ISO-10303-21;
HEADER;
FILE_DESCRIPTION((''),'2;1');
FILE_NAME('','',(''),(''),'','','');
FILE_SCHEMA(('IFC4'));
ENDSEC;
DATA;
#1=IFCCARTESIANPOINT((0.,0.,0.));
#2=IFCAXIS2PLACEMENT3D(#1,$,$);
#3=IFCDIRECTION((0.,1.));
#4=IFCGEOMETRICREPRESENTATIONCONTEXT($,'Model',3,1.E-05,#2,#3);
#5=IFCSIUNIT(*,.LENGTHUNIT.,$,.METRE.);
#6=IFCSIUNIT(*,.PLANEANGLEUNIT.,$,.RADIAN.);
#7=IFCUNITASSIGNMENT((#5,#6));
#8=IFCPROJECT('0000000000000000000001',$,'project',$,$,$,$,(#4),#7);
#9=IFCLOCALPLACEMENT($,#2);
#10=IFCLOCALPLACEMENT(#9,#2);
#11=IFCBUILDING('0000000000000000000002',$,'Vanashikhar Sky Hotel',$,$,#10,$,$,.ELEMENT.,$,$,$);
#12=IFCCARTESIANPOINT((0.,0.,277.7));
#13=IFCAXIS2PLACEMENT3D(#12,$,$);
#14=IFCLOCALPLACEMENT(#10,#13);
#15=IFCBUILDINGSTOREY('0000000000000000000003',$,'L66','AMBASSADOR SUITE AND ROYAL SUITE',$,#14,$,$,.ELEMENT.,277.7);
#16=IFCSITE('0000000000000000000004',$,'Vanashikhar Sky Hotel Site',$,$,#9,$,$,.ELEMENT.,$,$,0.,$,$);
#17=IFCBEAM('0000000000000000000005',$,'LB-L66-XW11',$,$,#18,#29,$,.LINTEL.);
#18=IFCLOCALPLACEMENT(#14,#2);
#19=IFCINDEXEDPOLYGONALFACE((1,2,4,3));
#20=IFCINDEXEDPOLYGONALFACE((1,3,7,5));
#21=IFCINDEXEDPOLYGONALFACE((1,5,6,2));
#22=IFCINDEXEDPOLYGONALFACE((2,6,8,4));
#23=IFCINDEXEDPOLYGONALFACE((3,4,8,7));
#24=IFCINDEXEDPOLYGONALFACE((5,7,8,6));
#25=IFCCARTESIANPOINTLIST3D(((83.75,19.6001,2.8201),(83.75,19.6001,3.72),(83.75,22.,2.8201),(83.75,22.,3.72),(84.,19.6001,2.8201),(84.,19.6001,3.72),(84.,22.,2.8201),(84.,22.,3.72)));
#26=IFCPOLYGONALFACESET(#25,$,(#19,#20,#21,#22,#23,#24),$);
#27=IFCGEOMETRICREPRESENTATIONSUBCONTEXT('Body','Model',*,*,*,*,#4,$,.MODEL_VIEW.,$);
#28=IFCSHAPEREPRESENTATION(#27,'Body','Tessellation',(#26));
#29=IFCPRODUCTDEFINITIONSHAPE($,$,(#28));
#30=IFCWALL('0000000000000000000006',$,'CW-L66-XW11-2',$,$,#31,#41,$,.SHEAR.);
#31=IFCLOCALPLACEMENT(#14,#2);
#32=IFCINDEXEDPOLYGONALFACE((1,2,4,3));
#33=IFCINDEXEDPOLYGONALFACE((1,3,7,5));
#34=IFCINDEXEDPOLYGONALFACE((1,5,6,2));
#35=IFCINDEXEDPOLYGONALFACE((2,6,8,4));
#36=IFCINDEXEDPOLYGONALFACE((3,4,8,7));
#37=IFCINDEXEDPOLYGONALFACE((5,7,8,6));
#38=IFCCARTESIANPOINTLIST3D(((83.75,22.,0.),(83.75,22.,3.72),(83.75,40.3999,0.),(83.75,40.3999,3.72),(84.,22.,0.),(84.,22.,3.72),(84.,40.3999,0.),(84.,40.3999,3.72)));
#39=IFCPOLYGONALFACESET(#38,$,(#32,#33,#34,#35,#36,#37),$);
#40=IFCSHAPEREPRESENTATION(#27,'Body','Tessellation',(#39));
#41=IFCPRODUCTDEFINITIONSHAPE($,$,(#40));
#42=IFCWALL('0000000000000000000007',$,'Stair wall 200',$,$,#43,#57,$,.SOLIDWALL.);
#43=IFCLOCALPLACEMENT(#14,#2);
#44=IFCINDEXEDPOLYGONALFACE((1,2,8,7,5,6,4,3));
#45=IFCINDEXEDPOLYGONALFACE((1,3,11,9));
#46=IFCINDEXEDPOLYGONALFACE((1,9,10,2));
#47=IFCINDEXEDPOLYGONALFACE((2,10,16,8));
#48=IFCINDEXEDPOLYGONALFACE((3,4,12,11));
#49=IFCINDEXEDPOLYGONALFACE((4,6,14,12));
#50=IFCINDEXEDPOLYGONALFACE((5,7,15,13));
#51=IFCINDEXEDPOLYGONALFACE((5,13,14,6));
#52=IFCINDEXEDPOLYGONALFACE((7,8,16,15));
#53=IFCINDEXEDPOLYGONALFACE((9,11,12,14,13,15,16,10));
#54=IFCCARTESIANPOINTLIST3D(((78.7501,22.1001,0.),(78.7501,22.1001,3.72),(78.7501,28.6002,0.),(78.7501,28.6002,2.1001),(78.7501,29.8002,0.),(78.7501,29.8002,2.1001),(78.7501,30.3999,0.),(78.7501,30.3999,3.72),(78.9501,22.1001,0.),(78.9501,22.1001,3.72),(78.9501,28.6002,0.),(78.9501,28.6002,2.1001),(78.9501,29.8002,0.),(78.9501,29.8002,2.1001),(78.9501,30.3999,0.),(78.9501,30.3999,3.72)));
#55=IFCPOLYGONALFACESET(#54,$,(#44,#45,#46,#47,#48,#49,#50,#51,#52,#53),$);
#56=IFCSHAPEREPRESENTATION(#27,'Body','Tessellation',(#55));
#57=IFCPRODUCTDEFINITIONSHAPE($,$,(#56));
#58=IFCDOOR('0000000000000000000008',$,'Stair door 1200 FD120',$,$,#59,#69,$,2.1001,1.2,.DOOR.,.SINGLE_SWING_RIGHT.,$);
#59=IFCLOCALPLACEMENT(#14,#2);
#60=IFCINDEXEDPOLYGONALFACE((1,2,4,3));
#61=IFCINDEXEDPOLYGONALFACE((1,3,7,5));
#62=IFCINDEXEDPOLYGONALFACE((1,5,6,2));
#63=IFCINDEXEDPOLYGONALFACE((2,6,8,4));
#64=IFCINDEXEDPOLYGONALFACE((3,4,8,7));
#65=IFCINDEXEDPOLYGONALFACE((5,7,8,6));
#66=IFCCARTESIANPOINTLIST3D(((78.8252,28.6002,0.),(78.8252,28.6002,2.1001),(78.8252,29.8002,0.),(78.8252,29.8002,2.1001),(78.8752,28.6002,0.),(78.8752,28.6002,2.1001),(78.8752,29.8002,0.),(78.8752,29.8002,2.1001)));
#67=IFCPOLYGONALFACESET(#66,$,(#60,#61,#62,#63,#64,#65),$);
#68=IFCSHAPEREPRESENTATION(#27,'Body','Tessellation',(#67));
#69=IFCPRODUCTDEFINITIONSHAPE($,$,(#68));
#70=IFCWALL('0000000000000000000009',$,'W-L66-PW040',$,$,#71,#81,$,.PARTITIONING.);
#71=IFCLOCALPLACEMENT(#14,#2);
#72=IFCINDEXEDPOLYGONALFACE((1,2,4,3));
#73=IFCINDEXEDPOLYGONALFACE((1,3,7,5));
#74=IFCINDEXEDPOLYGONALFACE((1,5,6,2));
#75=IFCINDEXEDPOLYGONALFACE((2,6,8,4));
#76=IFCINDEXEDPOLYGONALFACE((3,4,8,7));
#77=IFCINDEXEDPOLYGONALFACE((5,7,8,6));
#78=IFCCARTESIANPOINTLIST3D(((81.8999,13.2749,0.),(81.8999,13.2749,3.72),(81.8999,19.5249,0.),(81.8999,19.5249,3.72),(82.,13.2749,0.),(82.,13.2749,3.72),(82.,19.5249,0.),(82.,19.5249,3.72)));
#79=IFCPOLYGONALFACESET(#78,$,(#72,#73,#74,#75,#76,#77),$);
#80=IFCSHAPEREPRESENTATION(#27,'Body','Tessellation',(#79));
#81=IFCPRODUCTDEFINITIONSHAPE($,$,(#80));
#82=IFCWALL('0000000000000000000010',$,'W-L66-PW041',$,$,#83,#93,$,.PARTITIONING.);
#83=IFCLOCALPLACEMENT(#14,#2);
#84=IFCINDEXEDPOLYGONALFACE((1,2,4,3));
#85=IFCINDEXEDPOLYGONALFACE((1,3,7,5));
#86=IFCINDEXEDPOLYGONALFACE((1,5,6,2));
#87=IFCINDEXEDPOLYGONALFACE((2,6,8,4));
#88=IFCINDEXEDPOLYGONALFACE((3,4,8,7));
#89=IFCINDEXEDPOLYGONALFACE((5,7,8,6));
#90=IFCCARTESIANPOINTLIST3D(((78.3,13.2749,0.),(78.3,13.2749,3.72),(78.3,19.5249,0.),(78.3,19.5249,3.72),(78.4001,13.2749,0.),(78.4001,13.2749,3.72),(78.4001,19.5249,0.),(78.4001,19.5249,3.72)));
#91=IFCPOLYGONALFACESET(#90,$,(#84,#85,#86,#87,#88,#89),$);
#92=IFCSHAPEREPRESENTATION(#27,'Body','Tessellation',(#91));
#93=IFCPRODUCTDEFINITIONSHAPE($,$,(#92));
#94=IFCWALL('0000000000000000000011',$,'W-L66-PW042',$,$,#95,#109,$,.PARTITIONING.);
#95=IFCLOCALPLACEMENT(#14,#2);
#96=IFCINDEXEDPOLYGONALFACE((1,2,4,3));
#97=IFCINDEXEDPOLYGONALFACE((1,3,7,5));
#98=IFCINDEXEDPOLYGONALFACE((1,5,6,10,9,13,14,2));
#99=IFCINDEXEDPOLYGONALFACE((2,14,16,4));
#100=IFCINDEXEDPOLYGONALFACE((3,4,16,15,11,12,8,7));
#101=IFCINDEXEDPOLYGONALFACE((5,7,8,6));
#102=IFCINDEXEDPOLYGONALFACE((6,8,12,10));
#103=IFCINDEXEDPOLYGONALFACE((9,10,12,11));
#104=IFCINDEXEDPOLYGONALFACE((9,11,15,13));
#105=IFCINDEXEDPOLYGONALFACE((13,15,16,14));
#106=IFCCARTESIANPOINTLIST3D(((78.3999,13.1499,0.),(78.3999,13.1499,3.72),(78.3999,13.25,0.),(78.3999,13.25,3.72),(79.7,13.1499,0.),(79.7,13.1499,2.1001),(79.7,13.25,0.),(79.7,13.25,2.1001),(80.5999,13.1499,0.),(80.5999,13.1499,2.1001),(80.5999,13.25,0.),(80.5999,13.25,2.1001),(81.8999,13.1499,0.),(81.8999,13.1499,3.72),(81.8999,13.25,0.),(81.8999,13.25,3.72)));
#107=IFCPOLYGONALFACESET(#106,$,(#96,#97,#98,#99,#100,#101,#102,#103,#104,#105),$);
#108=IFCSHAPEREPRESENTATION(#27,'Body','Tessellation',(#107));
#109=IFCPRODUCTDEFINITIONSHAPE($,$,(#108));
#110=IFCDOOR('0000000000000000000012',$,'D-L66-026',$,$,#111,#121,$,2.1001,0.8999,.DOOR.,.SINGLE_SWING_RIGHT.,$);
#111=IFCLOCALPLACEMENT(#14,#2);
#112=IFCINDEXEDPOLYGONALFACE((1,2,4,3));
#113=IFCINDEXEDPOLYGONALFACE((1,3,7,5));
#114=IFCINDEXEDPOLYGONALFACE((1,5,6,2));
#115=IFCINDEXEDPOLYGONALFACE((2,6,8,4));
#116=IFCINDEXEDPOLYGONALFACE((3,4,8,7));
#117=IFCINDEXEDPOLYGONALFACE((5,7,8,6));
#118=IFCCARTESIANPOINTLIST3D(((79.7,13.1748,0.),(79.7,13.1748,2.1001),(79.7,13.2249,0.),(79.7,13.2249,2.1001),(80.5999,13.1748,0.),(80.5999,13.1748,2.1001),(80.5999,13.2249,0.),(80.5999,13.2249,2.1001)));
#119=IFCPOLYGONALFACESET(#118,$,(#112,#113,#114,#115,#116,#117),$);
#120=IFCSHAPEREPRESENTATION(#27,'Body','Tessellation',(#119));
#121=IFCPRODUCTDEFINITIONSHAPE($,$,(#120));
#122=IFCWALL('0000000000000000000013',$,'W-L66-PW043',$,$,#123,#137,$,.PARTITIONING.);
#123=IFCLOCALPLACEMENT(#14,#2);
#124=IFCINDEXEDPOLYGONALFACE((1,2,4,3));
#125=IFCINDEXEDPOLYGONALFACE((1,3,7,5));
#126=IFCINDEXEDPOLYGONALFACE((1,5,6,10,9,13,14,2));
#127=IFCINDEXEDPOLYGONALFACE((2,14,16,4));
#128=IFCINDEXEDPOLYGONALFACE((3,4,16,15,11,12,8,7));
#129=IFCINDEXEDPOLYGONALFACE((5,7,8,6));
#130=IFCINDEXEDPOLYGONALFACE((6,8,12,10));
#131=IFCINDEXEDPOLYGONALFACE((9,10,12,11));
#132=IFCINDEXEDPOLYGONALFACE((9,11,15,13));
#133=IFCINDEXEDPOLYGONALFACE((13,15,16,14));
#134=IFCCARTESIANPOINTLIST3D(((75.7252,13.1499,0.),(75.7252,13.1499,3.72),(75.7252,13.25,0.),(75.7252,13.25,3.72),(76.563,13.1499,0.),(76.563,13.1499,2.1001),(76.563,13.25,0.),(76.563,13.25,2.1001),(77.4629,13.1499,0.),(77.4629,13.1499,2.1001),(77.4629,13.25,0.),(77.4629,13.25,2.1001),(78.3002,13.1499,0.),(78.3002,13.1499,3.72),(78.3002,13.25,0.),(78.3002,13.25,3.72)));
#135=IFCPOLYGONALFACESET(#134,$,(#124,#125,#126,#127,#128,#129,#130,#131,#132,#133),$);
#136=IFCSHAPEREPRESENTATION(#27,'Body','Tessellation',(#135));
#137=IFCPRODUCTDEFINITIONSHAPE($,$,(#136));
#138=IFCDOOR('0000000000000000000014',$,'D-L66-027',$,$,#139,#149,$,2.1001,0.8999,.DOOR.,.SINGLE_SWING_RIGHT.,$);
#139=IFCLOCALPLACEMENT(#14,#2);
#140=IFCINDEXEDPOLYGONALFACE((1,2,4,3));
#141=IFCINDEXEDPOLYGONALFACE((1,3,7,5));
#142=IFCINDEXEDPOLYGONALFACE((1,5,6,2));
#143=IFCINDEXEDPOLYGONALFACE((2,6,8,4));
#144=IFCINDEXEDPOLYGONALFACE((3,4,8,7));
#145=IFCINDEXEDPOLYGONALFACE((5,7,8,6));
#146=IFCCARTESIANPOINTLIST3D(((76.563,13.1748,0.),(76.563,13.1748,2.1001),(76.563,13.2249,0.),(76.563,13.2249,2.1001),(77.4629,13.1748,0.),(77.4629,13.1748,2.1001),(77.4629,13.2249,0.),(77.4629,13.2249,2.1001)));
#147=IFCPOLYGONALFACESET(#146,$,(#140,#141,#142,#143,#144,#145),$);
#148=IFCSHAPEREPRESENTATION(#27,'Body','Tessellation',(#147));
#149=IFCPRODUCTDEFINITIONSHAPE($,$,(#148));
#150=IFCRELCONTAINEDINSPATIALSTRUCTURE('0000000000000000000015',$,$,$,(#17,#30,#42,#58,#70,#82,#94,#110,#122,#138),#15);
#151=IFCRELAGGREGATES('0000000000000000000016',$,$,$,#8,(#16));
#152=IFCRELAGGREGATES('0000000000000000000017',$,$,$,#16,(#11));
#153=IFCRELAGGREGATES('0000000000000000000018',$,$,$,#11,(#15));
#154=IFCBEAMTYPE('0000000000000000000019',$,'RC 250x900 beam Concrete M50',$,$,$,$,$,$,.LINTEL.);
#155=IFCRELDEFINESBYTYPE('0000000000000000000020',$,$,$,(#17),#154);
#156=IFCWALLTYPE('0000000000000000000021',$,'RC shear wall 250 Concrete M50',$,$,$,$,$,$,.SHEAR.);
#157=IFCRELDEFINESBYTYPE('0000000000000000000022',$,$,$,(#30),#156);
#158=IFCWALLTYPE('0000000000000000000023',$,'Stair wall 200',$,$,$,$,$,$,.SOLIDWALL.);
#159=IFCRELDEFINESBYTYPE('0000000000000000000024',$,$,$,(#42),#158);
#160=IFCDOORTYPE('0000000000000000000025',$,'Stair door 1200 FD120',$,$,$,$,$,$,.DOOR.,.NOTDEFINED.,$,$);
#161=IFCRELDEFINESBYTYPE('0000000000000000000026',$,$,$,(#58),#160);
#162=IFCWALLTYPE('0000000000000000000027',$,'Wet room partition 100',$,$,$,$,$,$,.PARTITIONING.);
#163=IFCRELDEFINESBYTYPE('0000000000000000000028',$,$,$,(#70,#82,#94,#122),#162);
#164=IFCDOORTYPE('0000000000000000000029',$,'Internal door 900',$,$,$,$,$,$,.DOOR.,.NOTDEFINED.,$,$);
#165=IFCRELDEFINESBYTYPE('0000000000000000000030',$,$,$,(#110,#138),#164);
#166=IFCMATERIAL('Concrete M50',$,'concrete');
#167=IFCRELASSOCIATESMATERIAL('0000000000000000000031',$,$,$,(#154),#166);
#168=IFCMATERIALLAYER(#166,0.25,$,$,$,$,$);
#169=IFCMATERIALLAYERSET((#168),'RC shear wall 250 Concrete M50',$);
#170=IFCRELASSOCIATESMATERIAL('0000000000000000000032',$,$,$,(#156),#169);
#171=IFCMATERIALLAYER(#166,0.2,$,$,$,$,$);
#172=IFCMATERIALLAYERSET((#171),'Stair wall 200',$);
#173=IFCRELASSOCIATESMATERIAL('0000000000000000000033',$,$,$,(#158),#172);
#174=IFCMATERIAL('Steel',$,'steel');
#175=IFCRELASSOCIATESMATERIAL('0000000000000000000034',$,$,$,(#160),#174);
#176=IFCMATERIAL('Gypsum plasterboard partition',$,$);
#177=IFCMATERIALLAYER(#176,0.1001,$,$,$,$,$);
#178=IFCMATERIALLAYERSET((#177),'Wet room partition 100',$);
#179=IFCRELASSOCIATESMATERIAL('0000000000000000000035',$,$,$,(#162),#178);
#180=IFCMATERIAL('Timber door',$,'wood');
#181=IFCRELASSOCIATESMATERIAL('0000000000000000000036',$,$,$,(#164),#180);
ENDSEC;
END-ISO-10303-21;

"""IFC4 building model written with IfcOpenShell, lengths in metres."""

from ifc_helpers import new_model, si_unit, direction, frame, frame_2d, origin, origin_2d, place, context, subcontext, project, spatial, rectangle, extrude, source, transform, mapped, material, layer, layer_set, material_profile, profile_set, type_object, element, fill, save


model = new_model("IFC4")

# Units and contexts
model_context = context("Model", 3, precision=1e-05, world=origin(), true_north=direction((0.0, 1.0)))
body_context = subcontext(model_context, "Body", "Model", "MODEL_VIEW")
ifc_project = project(units=[si_unit("LENGTHUNIT", "METRE"), si_unit("PLANEANGLEUNIT", "RADIAN")], contexts=[model_context])

# Site, building, storey
site_placement = place(None, origin())
site = spatial("IfcSite", under=ifc_project, at=site_placement, Name="Vanashikhar Sky Hotel Site", CompositionType="ELEMENT", RefElevation=0.0)
building_placement = place(site_placement, origin())
building = spatial("IfcBuilding", under=site, at=building_placement, Name="Vanashikhar Sky Hotel", CompositionType="ELEMENT")
storey_placement = place(building_placement, frame((0.0, 0.0, 277.7)))
storey = spatial("IfcBuildingStorey", under=building, at=storey_placement, Name="L66", Description="AMBASSADOR SUITE AND ROYAL SUITE", CompositionType="ELEMENT", Elevation=277.7)

# Beam
ifc_material_1 = material(Name="Concrete M50", Category="concrete")
ifc_material_profile = material_profile(ifc_material_1, rectangle(XDim=0.25, YDim=0.8999, at=origin_2d()))
ifc_profile_set = profile_set([ifc_material_profile], Name="RC 250x900 beam Concrete M50")
beam_type = type_object("IfcBeamType", Name="RC 250x900 beam Concrete M50", PredefinedType="LINTEL", material=ifc_profile_set)
shared_shape_1 = source(origin(), body_context, "Body", "SweptSolid", [
    extrude(rectangle(XDim=0.25, YDim=0.8999, at=origin_2d()), origin(), (0.0, 0.0, 1.0), 2.3999),
])
beam_placement = place(storey_placement, frame((83.875, 19.6001, 3.27), z_axis=(0.0, 1.0, 0.0), x_axis=(-1.0, 0.0, 0.0)))
element("IfcBeam", 1, at=beam_placement, inside=storey, type_object=beam_type, Name="LB-L66-XW11", PredefinedType="LINTEL", context=body_context, shape_type="MappedRepresentation", body=[
    mapped(shared_shape_1, transform((0.0, 0.0, 0.0), scale=1.0)),
])

# Wall
ifc_layer_1 = layer(ifc_material_1, 0.25)
ifc_layer_set_1 = layer_set([ifc_layer_1], Name="RC shear wall 250 Concrete M50")
wall_type_1 = type_object("IfcWallType", Name="RC shear wall 250 Concrete M50", PredefinedType="SHEAR", material=ifc_layer_set_1)
shared_shape_2 = source(origin(), body_context, "Body", "SweptSolid", [
    extrude(rectangle(XDim=18.3999, YDim=0.25, at=frame_2d((9.2, 0.0))), origin(), (0.0, 0.0, 1.0), 3.72),
])
wall_1_placement = place(storey_placement, frame((83.875, 22.0, 0.0), z_axis=(0.0, 0.0, 1.0), x_axis=(0.0, 1.0, 0.0)))
element("IfcWall", 2, at=wall_1_placement, inside=storey, type_object=wall_type_1, Name="CW-L66-XW11-2", PredefinedType="SHEAR", context=body_context, shape_type="MappedRepresentation", body=[
    mapped(shared_shape_2, transform((0.0, 0.0, 0.0), scale=1.0)),
])

# Wall, opening, door
ifc_layer_2 = layer(ifc_material_1, 0.2)
ifc_layer_set_2 = layer_set([ifc_layer_2], Name="Stair wall 200")
wall_type_2 = type_object("IfcWallType", Name="Stair wall 200", PredefinedType="SOLIDWALL", material=ifc_layer_set_2)
shared_shape_3 = source(origin(), body_context, "Body", "SweptSolid", [
    extrude(rectangle(XDim=8.2998, YDim=0.2, at=frame_2d((4.1499, 0.0))), origin(), (0.0, 0.0, 1.0), 3.72),
])
wall_2_placement = place(storey_placement, frame((78.8501, 22.1001, 0.0), z_axis=(0.0, 0.0, 1.0), x_axis=(0.0, 1.0, 0.0)))
wall_2 = element("IfcWall", 3, at=wall_2_placement, inside=storey, type_object=wall_type_2, Name="Stair wall 200", PredefinedType="SOLIDWALL", context=body_context, shape_type="MappedRepresentation", body=[
    mapped(shared_shape_3, transform((0.0, 0.0, 0.0), scale=1.0)),
])
shared_shape_4 = source(origin(), body_context, "Body", "SweptSolid", [
    extrude(rectangle(XDim=1.2, YDim=2.1001, at=frame_2d((0.6001, 1.05))), frame((0.0, 0.1099, 0.0), z_axis=(0.0, -1.0, 0.0), x_axis=(1.0, 0.0, 0.0)), (0.0, 0.0, 1.0), 0.22),
])
opening_1_placement = place(wall_2_placement, frame((6.5, 0.0, 0.0)))
opening_1 = element("IfcOpeningElement", 4, at=opening_1_placement, cuts=wall_2, PredefinedType="OPENING", context=body_context, shape_type="MappedRepresentation", body=[
    mapped(shared_shape_4, transform((0.0, 0.0, 0.0), scale=1.0)),
])
ifc_material_2 = material(Name="Steel", Category="steel")
door_type_1 = type_object("IfcDoorType", Name="Stair door 1200 FD120", OperationType="NOTDEFINED", PredefinedType="DOOR", material=ifc_material_2)
shared_shape_5 = source(origin(), body_context, "Body", "SweptSolid", [
    extrude(rectangle(XDim=1.2, YDim=2.1001, at=frame_2d((0.6001, 1.05))), frame((0.0, 0.0249, 0.0), z_axis=(0.0, -1.0, 0.0), x_axis=(1.0, 0.0, 0.0)), (0.0, 0.0, 1.0), 0.05),
])
door_1_placement = place(opening_1_placement, origin())
door_1 = element("IfcDoor", 5, at=door_1_placement, inside=storey, type_object=door_type_1, Name="Stair door 1200 FD120", OperationType="SINGLE_SWING_RIGHT", OverallHeight=2.1001, OverallWidth=1.2, PredefinedType="DOOR", context=body_context, shape_type="MappedRepresentation", body=[
    mapped(shared_shape_5, transform((0.0, 0.0, 0.0), scale=1.0)),
])
fill(opening_1, door_1)

# Walls
ifc_material_3 = material(Name="Gypsum plasterboard partition")
ifc_layer_3 = layer(ifc_material_3, 0.1001)
ifc_layer_set_3 = layer_set([ifc_layer_3], Name="Wet room partition 100")
wall_type_3 = type_object("IfcWallType", Name="Wet room partition 100", PredefinedType="PARTITIONING", material=ifc_layer_set_3)
shared_shape_6 = source(origin(), body_context, "Body", "SweptSolid", [
    extrude(rectangle(XDim=6.25, YDim=0.1001, at=frame_2d((3.125, 0.0))), origin(), (0.0, 0.0, 1.0), 3.72),
])
for number, where, z_axis, x_axis, name in (
    (6, (81.95, 13.2749, 0.0), (0.0, 0.0, 1.0), (0.0, 1.0, 0.0), "W-L66-PW040"),
    (7, (78.3501, 13.2749, 0.0), (0.0, 0.0, 1.0), (0.0, 1.0, 0.0), "W-L66-PW041"),
):
    element("IfcWall", number, at=place(storey_placement, frame(where, z_axis=z_axis, x_axis=x_axis)), inside=storey, type_object=wall_type_3, Name=name, PredefinedType="PARTITIONING", context=body_context, shape_type="MappedRepresentation", body=[
        mapped(shared_shape_6, transform((0.0, 0.0, 0.0), scale=1.0)),
    ])

# Walls, openings, doors
shared_shape_7 = source(origin(), body_context, "Body", "SweptSolid", [
    extrude(rectangle(XDim=3.5, YDim=0.1001, at=frame_2d((1.75, 0.0))), origin(), (0.0, 0.0, 1.0), 3.72),
])
wall_3_placement = place(storey_placement, frame((78.3999, 13.2, 0.0), z_axis=(0.0, 0.0, 1.0), x_axis=(1.0, 0.0, 0.0)))
wall_3 = element("IfcWall", 8, at=wall_3_placement, inside=storey, type_object=wall_type_3, Name="W-L66-PW042", PredefinedType="PARTITIONING", context=body_context, shape_type="MappedRepresentation", body=[
    mapped(shared_shape_7, transform((0.0, 0.0, 0.0), scale=1.0)),
])
shared_shape_8 = source(origin(), body_context, "Body", "SweptSolid", [
    extrude(rectangle(XDim=0.8999, YDim=2.1001, at=frame_2d((0.45, 1.05))), frame((0.0, 0.0601, 0.0), z_axis=(0.0, -1.0, 0.0), x_axis=(1.0, 0.0, 0.0)), (0.0, 0.0, 1.0), 0.1201),
])
opening_2_placement = place(wall_3_placement, frame((1.3, 0.0, 0.0)))
opening_2 = element("IfcOpeningElement", 9, at=opening_2_placement, cuts=wall_3, PredefinedType="OPENING", context=body_context, shape_type="MappedRepresentation", body=[
    mapped(shared_shape_8, transform((0.0, 0.0, 0.0), scale=1.0)),
])
ifc_material_4 = material(Name="Timber door", Category="wood")
door_type_2 = type_object("IfcDoorType", Name="Internal door 900", OperationType="NOTDEFINED", PredefinedType="DOOR", material=ifc_material_4)
shared_shape_9 = source(origin(), body_context, "Body", "SweptSolid", [
    extrude(rectangle(XDim=0.8999, YDim=2.1001, at=frame_2d((0.45, 1.05))), frame((0.0, 0.0249, 0.0), z_axis=(0.0, -1.0, 0.0), x_axis=(1.0, 0.0, 0.0)), (0.0, 0.0, 1.0), 0.05),
])
door_2_placement = place(opening_2_placement, origin())
door_2 = element("IfcDoor", 10, at=door_2_placement, inside=storey, type_object=door_type_2, Name="D-L66-026", OperationType="SINGLE_SWING_RIGHT", OverallHeight=2.1001, OverallWidth=0.8999, PredefinedType="DOOR", context=body_context, shape_type="MappedRepresentation", body=[
    mapped(shared_shape_9, transform((0.0, 0.0, 0.0), scale=1.0)),
])
fill(opening_2, door_2)
shared_shape_10 = source(origin(), body_context, "Body", "SweptSolid", [
    extrude(rectangle(XDim=2.575, YDim=0.1001, at=frame_2d((1.2876, 0.0))), origin(), (0.0, 0.0, 1.0), 3.72),
])
wall_4_placement = place(storey_placement, frame((75.7251, 13.2, 0.0), z_axis=(0.0, 0.0, 1.0), x_axis=(1.0, 0.0, 0.0)))
wall_4 = element("IfcWall", 11, at=wall_4_placement, inside=storey, type_object=wall_type_3, Name="W-L66-PW043", PredefinedType="PARTITIONING", context=body_context, shape_type="MappedRepresentation", body=[
    mapped(shared_shape_10, transform((0.0, 0.0, 0.0), scale=1.0)),
])
opening_3_placement = place(wall_4_placement, frame((0.8379, 0.0, 0.0)))
opening_3 = element("IfcOpeningElement", 12, at=opening_3_placement, cuts=wall_4, PredefinedType="OPENING", context=body_context, shape_type="MappedRepresentation", body=[
    mapped(shared_shape_8, transform((0.0, 0.0, 0.0), scale=1.0)),
])
door_3_placement = place(opening_3_placement, origin())
door_3 = element("IfcDoor", 13, at=door_3_placement, inside=storey, type_object=door_type_2, Name="D-L66-027", OperationType="SINGLE_SWING_RIGHT", OverallHeight=2.1001, OverallWidth=0.8999, PredefinedType="DOOR", context=body_context, shape_type="MappedRepresentation", body=[
    mapped(shared_shape_9, transform((0.0, 0.0, 0.0), scale=1.0)),
])
fill(opening_3, door_3)

save(model, "model.ifc")
